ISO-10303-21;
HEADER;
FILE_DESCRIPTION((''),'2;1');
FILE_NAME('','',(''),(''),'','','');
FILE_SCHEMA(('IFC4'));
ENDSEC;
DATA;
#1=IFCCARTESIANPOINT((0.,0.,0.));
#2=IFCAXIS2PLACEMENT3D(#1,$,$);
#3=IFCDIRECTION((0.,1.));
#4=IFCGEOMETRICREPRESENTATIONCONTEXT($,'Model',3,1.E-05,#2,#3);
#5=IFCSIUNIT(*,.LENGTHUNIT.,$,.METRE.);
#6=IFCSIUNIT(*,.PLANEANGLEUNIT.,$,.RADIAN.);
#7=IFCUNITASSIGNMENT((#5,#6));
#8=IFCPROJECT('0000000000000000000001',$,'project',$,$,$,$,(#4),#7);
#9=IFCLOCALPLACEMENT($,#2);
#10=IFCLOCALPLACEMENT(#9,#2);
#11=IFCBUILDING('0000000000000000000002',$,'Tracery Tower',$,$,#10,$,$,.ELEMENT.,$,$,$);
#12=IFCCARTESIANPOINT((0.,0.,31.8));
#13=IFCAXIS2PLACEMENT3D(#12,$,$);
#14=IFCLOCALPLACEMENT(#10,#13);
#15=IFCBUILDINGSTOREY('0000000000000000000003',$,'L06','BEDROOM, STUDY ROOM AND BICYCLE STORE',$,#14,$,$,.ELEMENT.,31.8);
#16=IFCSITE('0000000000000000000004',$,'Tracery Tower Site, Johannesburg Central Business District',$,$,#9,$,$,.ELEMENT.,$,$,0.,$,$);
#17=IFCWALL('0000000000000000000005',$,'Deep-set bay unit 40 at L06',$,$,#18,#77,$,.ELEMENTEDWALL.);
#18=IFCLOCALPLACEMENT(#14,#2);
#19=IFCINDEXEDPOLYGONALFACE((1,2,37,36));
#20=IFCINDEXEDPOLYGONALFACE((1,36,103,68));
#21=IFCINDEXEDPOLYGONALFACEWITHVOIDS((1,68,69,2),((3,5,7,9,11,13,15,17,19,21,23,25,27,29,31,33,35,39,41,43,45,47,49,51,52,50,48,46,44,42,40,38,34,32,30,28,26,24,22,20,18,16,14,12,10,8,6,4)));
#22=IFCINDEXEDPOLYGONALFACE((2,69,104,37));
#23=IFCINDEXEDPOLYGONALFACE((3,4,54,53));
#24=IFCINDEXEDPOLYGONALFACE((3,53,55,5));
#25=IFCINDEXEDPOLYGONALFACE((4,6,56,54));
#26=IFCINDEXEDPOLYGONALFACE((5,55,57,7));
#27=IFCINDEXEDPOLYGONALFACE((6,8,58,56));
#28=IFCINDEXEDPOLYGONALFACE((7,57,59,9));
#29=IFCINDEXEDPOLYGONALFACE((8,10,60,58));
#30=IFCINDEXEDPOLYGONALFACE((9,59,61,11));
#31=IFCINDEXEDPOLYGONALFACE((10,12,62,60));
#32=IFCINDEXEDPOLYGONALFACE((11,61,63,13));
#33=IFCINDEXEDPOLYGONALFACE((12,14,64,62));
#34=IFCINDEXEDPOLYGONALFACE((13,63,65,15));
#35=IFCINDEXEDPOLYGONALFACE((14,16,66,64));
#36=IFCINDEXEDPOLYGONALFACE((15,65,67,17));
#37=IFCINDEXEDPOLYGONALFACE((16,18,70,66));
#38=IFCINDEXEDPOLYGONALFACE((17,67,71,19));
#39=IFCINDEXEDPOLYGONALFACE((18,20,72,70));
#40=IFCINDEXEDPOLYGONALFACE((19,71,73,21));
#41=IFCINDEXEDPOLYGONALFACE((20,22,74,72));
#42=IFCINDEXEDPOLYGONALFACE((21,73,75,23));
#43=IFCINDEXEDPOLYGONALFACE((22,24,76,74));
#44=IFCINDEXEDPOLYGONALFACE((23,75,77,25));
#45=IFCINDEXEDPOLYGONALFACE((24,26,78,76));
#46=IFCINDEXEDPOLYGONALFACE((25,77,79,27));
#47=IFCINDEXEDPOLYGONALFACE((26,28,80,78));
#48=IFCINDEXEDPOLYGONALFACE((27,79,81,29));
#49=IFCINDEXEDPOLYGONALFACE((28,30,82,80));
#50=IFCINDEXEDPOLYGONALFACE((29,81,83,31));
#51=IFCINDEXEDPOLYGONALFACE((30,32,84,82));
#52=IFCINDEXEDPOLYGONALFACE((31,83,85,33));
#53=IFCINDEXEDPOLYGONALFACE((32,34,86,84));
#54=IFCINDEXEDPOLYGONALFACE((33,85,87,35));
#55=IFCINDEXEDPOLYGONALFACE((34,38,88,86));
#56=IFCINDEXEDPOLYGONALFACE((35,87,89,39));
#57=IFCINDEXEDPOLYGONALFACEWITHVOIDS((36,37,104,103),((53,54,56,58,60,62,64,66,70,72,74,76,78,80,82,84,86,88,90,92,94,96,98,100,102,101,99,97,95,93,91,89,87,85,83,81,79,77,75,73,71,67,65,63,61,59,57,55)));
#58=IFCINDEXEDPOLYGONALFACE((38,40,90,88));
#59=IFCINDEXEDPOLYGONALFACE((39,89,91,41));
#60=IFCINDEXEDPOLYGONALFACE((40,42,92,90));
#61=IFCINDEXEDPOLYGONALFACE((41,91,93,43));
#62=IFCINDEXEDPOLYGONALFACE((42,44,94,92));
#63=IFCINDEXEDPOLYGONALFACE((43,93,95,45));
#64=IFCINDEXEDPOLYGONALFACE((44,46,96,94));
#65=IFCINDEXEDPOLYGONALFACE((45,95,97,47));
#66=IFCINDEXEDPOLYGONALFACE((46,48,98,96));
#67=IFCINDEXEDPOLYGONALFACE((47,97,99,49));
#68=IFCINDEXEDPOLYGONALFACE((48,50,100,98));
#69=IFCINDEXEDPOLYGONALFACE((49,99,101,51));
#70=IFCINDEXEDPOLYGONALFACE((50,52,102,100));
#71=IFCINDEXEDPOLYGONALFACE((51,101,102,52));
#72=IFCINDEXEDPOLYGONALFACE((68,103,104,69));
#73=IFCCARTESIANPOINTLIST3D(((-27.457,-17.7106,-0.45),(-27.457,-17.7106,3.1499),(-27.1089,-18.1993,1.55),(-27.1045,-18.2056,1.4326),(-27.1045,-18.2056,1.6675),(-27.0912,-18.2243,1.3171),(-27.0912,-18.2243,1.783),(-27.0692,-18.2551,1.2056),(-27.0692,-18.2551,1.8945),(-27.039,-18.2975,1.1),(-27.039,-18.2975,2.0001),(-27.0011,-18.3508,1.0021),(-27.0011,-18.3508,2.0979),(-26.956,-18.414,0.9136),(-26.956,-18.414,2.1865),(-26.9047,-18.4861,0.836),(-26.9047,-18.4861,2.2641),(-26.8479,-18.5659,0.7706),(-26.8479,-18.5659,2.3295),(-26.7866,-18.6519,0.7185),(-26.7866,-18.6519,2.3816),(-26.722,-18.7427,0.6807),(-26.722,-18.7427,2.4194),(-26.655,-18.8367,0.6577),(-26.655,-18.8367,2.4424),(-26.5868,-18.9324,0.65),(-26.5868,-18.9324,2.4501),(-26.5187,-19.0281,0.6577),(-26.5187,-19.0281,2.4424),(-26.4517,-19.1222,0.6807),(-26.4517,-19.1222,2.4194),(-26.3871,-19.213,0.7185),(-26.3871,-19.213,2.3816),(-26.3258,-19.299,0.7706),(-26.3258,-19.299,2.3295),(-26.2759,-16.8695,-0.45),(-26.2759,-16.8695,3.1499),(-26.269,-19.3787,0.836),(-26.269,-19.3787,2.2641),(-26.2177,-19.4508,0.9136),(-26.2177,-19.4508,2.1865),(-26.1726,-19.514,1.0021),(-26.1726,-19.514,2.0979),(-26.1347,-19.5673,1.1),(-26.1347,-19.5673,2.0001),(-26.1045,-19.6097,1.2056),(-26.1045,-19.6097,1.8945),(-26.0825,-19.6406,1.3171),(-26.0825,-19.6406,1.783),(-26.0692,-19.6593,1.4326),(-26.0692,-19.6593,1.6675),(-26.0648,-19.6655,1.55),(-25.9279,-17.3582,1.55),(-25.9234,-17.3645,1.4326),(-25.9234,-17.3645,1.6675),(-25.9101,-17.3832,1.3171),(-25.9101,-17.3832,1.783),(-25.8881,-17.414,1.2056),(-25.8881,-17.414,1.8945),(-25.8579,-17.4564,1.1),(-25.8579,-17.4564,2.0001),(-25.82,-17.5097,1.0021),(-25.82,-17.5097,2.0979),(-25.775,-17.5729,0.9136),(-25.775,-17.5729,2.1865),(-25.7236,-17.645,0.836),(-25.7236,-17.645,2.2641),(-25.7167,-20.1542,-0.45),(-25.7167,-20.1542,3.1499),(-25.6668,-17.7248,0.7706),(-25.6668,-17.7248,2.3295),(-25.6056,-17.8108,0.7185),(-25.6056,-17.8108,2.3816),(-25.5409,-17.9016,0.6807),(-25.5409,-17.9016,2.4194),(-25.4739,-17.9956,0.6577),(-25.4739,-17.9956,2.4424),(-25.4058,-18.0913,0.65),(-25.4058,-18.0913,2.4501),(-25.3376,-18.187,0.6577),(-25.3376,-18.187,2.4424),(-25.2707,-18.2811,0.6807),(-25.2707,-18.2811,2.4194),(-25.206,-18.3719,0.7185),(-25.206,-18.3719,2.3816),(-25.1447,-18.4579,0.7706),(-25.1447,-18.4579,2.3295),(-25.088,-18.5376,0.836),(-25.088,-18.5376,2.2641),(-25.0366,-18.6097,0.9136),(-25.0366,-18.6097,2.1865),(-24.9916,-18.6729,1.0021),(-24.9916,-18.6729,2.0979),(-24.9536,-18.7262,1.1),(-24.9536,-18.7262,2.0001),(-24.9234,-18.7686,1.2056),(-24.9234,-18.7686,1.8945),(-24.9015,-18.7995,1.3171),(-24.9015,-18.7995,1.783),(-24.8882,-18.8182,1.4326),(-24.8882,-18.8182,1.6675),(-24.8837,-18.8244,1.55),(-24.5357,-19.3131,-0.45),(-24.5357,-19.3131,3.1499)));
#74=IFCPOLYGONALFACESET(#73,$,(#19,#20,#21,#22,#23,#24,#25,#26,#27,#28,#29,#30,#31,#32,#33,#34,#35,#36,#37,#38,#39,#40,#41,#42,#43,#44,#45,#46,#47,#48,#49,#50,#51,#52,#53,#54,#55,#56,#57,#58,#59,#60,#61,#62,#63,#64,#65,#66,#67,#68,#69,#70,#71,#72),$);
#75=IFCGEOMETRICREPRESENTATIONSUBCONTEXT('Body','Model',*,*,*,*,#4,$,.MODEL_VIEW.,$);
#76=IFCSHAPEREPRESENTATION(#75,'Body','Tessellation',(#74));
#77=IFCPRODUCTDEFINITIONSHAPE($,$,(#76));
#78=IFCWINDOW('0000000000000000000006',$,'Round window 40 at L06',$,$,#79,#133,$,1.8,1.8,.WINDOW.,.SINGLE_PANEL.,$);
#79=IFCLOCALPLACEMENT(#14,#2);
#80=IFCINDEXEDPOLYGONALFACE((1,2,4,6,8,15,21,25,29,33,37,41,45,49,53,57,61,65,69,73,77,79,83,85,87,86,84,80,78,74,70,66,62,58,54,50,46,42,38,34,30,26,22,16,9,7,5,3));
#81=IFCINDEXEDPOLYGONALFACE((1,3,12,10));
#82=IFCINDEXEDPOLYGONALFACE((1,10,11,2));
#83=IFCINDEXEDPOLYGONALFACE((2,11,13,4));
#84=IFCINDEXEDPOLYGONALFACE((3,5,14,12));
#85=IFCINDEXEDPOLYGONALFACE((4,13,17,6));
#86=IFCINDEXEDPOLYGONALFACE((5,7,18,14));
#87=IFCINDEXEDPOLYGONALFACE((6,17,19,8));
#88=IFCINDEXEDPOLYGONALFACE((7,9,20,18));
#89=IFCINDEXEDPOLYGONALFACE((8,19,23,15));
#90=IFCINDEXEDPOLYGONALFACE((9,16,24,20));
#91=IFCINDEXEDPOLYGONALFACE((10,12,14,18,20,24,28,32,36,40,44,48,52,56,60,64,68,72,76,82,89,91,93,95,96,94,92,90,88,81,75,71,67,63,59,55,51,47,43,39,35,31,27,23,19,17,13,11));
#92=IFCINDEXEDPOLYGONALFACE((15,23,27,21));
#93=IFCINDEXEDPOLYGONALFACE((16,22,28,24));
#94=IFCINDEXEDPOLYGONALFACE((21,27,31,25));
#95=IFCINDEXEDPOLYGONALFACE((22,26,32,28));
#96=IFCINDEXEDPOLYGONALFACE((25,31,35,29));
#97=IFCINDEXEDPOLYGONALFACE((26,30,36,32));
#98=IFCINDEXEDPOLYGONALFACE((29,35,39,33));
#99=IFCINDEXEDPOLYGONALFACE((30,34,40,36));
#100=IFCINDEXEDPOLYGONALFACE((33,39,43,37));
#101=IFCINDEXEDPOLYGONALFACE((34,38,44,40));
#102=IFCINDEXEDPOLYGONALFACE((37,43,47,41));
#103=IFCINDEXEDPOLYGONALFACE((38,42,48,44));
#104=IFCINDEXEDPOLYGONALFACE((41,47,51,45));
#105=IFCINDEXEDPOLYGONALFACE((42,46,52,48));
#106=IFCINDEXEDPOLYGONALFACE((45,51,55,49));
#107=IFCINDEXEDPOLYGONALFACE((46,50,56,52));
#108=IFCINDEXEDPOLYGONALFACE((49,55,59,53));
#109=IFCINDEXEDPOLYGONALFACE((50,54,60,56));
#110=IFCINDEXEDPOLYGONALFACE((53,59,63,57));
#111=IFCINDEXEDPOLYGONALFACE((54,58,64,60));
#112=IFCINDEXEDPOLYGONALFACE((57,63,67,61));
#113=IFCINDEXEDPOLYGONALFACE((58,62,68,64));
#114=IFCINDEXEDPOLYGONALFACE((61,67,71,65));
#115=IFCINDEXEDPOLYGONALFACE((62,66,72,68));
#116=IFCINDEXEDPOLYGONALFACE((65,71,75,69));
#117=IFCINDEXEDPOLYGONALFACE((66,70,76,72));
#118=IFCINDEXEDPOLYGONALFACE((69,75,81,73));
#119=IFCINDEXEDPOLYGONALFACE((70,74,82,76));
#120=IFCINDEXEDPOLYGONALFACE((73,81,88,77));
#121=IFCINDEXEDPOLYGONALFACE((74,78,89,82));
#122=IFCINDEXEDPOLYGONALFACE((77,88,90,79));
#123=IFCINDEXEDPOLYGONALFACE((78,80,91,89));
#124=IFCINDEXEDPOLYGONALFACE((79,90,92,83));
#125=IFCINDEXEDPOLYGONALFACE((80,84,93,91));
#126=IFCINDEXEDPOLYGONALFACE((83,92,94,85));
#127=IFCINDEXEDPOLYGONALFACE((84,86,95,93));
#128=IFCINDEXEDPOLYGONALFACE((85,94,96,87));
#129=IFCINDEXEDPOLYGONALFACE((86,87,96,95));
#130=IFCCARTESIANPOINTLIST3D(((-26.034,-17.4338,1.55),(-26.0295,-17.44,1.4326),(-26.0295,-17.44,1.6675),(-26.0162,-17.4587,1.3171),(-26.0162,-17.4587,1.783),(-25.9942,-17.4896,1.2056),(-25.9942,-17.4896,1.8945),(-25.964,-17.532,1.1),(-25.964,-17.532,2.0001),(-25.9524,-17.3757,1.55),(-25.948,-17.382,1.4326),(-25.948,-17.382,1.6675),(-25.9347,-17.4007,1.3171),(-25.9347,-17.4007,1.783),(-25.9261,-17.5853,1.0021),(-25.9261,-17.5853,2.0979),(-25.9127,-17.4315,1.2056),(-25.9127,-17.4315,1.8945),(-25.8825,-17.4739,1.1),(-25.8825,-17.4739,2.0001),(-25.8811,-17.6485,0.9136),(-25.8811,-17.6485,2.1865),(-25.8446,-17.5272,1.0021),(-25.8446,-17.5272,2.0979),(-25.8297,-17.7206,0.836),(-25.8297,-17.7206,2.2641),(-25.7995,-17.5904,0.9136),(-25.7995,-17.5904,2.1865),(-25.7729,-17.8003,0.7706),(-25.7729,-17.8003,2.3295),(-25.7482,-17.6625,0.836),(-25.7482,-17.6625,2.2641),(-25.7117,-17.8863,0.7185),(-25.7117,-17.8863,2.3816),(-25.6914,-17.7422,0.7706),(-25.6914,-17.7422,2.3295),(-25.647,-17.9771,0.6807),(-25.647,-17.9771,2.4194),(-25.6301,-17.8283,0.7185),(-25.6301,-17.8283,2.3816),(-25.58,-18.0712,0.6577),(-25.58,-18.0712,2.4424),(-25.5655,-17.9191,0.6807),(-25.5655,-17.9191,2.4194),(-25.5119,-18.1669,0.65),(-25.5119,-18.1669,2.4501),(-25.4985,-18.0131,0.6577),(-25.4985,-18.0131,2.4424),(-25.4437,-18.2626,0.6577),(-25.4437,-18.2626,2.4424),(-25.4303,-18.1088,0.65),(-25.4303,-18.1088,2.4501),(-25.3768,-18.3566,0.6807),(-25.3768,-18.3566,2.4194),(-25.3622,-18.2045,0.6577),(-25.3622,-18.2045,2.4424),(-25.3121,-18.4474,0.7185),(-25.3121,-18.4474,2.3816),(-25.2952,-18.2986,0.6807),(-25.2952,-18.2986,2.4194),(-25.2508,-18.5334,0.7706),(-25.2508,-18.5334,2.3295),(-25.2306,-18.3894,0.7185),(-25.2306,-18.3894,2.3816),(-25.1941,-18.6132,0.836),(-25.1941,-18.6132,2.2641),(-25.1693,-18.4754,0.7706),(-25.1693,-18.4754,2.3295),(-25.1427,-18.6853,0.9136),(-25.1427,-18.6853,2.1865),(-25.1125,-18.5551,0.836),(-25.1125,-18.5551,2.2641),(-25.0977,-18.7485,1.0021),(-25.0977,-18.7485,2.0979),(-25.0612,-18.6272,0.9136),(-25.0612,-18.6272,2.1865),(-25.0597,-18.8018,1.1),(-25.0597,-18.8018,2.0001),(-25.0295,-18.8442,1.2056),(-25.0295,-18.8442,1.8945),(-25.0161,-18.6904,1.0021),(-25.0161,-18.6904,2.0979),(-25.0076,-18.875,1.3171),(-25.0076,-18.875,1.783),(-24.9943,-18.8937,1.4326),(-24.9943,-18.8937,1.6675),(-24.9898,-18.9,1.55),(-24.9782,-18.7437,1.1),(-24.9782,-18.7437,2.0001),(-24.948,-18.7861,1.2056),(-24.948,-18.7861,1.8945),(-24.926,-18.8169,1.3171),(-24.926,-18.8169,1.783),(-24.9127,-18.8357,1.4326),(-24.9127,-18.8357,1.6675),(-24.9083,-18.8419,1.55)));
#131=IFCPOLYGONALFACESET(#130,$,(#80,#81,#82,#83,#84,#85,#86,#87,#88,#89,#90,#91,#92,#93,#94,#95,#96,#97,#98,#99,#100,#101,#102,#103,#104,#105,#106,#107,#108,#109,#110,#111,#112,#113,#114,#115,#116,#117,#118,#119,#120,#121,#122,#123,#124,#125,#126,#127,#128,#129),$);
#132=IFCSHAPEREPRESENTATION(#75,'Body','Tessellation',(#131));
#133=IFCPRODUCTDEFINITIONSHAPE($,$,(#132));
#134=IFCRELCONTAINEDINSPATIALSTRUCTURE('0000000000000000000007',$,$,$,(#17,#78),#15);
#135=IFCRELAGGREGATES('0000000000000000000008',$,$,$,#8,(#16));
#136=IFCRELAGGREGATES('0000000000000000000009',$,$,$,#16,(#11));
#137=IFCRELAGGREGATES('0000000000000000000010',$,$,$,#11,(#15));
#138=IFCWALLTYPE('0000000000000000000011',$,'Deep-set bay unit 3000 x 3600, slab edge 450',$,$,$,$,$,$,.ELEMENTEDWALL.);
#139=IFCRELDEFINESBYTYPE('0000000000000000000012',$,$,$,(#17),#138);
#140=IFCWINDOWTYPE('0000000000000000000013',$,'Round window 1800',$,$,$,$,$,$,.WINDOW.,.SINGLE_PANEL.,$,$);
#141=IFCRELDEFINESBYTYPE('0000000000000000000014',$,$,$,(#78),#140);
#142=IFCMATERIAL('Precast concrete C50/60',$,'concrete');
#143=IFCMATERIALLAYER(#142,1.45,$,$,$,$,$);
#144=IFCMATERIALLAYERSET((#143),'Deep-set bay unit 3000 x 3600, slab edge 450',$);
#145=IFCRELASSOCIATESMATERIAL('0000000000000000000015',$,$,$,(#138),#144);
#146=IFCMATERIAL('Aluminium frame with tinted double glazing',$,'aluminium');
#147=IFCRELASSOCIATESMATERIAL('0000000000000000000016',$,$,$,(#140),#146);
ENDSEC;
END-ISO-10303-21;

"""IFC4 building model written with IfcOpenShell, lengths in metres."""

from ifc_helpers import new_model, si_unit, direction, frame, frame_2d, origin, origin_2d, place, context, subcontext, project, spatial, rectangle, circle, extrude, material, layer, layer_set, type_object, element, fill, save


model = new_model("IFC4")

# Units and contexts
model_context = context("Model", 3, precision=1e-05, world=origin(), true_north=direction((0.0, 1.0)))
body_context = subcontext(model_context, "Body", "Model", "MODEL_VIEW")
ifc_project = project(units=[si_unit("LENGTHUNIT", "METRE"), si_unit("PLANEANGLEUNIT", "RADIAN")], contexts=[model_context])

# Site, building, storey
site_placement = place(None, origin())
site = spatial("IfcSite", under=ifc_project, at=site_placement, Name="Tracery Tower Site, Johannesburg Central Business District", CompositionType="ELEMENT", RefElevation=0.0)
building_placement = place(site_placement, origin())
building = spatial("IfcBuilding", under=site, at=building_placement, Name="Tracery Tower", CompositionType="ELEMENT")
storey_placement = place(building_placement, frame((0.0, 0.0, 31.8)))
storey = spatial("IfcBuildingStorey", under=building, at=storey_placement, Name="L06", Description="BEDROOM, STUDY ROOM AND BICYCLE STORE", CompositionType="ELEMENT", Elevation=31.8)

# Wall, opening, window
ifc_material_1 = material(Name="Precast concrete C50/60", Category="concrete")
ifc_layer_1 = layer(ifc_material_1, 1.45)
ifc_layer_set_1 = layer_set([ifc_layer_1], Name="Deep-set bay unit 3000 x 3600, slab edge 450")
wall_type_1 = type_object("IfcWallType", Name="Deep-set bay unit 3000 x 3600, slab edge 450", PredefinedType="ELEMENTEDWALL", material=ifc_layer_set_1)
wall_1_placement = place(storey_placement, frame((-26.8665, -17.29, -0.45), z_axis=(0.0, 0.0, 1.0), x_axis=(0.580091, -0.814552, 0.0)))
wall_1 = element("IfcWall", 1, at=wall_1_placement, inside=storey, type_object=wall_type_1, Name="Deep-set bay unit 40 at L06", PredefinedType="ELEMENTEDWALL", context=body_context, shape_type="SweptSolid", body=[
    extrude(rectangle(XDim=3.0, YDim=1.45, at=frame_2d((1.5, 0.0))), origin(), (0.0, 0.0, 1.0), 3.5999),
])
opening_1_placement = place(wall_1_placement, frame((1.5, 0.0, 2.0)))
opening_1 = element("IfcOpeningElement", 2, at=opening_1_placement, cuts=wall_1, PredefinedType="OPENING", context=body_context, shape_type="SweptSolid", body=[
    extrude(circle(Radius=0.9, at=origin_2d()), frame((0.0, 0.7349, 0.0), z_axis=(0.0, -1.0, 0.0), x_axis=(1.0, 0.0, 0.0)), (0.0, 0.0, 1.0), 1.47),
])
ifc_material_2 = material(Name="Aluminium frame with tinted double glazing", Category="aluminium")
window_type = type_object("IfcWindowType", Name="Round window 1800", PartitioningType="SINGLE_PANEL", PredefinedType="WINDOW", material=ifc_material_2)
window_1_placement = place(opening_1_placement, origin())
window_1 = element("IfcWindow", 3, at=window_1_placement, inside=storey, type_object=window_type, Name="Round window 40 at L06", OverallHeight=1.8, OverallWidth=1.8, PartitioningType="SINGLE_PANEL", PredefinedType="WINDOW", context=body_context, shape_type="SweptSolid", body=[
    extrude(circle(Radius=0.9, at=origin_2d()), frame((0.0, 0.6948, 0.0), z_axis=(0.0, -1.0, 0.0), x_axis=(1.0, 0.0, 0.0)), (0.0, 0.0, 1.0), 0.1001),
])
fill(opening_1, window_1)

save(model, "model.ifc")
